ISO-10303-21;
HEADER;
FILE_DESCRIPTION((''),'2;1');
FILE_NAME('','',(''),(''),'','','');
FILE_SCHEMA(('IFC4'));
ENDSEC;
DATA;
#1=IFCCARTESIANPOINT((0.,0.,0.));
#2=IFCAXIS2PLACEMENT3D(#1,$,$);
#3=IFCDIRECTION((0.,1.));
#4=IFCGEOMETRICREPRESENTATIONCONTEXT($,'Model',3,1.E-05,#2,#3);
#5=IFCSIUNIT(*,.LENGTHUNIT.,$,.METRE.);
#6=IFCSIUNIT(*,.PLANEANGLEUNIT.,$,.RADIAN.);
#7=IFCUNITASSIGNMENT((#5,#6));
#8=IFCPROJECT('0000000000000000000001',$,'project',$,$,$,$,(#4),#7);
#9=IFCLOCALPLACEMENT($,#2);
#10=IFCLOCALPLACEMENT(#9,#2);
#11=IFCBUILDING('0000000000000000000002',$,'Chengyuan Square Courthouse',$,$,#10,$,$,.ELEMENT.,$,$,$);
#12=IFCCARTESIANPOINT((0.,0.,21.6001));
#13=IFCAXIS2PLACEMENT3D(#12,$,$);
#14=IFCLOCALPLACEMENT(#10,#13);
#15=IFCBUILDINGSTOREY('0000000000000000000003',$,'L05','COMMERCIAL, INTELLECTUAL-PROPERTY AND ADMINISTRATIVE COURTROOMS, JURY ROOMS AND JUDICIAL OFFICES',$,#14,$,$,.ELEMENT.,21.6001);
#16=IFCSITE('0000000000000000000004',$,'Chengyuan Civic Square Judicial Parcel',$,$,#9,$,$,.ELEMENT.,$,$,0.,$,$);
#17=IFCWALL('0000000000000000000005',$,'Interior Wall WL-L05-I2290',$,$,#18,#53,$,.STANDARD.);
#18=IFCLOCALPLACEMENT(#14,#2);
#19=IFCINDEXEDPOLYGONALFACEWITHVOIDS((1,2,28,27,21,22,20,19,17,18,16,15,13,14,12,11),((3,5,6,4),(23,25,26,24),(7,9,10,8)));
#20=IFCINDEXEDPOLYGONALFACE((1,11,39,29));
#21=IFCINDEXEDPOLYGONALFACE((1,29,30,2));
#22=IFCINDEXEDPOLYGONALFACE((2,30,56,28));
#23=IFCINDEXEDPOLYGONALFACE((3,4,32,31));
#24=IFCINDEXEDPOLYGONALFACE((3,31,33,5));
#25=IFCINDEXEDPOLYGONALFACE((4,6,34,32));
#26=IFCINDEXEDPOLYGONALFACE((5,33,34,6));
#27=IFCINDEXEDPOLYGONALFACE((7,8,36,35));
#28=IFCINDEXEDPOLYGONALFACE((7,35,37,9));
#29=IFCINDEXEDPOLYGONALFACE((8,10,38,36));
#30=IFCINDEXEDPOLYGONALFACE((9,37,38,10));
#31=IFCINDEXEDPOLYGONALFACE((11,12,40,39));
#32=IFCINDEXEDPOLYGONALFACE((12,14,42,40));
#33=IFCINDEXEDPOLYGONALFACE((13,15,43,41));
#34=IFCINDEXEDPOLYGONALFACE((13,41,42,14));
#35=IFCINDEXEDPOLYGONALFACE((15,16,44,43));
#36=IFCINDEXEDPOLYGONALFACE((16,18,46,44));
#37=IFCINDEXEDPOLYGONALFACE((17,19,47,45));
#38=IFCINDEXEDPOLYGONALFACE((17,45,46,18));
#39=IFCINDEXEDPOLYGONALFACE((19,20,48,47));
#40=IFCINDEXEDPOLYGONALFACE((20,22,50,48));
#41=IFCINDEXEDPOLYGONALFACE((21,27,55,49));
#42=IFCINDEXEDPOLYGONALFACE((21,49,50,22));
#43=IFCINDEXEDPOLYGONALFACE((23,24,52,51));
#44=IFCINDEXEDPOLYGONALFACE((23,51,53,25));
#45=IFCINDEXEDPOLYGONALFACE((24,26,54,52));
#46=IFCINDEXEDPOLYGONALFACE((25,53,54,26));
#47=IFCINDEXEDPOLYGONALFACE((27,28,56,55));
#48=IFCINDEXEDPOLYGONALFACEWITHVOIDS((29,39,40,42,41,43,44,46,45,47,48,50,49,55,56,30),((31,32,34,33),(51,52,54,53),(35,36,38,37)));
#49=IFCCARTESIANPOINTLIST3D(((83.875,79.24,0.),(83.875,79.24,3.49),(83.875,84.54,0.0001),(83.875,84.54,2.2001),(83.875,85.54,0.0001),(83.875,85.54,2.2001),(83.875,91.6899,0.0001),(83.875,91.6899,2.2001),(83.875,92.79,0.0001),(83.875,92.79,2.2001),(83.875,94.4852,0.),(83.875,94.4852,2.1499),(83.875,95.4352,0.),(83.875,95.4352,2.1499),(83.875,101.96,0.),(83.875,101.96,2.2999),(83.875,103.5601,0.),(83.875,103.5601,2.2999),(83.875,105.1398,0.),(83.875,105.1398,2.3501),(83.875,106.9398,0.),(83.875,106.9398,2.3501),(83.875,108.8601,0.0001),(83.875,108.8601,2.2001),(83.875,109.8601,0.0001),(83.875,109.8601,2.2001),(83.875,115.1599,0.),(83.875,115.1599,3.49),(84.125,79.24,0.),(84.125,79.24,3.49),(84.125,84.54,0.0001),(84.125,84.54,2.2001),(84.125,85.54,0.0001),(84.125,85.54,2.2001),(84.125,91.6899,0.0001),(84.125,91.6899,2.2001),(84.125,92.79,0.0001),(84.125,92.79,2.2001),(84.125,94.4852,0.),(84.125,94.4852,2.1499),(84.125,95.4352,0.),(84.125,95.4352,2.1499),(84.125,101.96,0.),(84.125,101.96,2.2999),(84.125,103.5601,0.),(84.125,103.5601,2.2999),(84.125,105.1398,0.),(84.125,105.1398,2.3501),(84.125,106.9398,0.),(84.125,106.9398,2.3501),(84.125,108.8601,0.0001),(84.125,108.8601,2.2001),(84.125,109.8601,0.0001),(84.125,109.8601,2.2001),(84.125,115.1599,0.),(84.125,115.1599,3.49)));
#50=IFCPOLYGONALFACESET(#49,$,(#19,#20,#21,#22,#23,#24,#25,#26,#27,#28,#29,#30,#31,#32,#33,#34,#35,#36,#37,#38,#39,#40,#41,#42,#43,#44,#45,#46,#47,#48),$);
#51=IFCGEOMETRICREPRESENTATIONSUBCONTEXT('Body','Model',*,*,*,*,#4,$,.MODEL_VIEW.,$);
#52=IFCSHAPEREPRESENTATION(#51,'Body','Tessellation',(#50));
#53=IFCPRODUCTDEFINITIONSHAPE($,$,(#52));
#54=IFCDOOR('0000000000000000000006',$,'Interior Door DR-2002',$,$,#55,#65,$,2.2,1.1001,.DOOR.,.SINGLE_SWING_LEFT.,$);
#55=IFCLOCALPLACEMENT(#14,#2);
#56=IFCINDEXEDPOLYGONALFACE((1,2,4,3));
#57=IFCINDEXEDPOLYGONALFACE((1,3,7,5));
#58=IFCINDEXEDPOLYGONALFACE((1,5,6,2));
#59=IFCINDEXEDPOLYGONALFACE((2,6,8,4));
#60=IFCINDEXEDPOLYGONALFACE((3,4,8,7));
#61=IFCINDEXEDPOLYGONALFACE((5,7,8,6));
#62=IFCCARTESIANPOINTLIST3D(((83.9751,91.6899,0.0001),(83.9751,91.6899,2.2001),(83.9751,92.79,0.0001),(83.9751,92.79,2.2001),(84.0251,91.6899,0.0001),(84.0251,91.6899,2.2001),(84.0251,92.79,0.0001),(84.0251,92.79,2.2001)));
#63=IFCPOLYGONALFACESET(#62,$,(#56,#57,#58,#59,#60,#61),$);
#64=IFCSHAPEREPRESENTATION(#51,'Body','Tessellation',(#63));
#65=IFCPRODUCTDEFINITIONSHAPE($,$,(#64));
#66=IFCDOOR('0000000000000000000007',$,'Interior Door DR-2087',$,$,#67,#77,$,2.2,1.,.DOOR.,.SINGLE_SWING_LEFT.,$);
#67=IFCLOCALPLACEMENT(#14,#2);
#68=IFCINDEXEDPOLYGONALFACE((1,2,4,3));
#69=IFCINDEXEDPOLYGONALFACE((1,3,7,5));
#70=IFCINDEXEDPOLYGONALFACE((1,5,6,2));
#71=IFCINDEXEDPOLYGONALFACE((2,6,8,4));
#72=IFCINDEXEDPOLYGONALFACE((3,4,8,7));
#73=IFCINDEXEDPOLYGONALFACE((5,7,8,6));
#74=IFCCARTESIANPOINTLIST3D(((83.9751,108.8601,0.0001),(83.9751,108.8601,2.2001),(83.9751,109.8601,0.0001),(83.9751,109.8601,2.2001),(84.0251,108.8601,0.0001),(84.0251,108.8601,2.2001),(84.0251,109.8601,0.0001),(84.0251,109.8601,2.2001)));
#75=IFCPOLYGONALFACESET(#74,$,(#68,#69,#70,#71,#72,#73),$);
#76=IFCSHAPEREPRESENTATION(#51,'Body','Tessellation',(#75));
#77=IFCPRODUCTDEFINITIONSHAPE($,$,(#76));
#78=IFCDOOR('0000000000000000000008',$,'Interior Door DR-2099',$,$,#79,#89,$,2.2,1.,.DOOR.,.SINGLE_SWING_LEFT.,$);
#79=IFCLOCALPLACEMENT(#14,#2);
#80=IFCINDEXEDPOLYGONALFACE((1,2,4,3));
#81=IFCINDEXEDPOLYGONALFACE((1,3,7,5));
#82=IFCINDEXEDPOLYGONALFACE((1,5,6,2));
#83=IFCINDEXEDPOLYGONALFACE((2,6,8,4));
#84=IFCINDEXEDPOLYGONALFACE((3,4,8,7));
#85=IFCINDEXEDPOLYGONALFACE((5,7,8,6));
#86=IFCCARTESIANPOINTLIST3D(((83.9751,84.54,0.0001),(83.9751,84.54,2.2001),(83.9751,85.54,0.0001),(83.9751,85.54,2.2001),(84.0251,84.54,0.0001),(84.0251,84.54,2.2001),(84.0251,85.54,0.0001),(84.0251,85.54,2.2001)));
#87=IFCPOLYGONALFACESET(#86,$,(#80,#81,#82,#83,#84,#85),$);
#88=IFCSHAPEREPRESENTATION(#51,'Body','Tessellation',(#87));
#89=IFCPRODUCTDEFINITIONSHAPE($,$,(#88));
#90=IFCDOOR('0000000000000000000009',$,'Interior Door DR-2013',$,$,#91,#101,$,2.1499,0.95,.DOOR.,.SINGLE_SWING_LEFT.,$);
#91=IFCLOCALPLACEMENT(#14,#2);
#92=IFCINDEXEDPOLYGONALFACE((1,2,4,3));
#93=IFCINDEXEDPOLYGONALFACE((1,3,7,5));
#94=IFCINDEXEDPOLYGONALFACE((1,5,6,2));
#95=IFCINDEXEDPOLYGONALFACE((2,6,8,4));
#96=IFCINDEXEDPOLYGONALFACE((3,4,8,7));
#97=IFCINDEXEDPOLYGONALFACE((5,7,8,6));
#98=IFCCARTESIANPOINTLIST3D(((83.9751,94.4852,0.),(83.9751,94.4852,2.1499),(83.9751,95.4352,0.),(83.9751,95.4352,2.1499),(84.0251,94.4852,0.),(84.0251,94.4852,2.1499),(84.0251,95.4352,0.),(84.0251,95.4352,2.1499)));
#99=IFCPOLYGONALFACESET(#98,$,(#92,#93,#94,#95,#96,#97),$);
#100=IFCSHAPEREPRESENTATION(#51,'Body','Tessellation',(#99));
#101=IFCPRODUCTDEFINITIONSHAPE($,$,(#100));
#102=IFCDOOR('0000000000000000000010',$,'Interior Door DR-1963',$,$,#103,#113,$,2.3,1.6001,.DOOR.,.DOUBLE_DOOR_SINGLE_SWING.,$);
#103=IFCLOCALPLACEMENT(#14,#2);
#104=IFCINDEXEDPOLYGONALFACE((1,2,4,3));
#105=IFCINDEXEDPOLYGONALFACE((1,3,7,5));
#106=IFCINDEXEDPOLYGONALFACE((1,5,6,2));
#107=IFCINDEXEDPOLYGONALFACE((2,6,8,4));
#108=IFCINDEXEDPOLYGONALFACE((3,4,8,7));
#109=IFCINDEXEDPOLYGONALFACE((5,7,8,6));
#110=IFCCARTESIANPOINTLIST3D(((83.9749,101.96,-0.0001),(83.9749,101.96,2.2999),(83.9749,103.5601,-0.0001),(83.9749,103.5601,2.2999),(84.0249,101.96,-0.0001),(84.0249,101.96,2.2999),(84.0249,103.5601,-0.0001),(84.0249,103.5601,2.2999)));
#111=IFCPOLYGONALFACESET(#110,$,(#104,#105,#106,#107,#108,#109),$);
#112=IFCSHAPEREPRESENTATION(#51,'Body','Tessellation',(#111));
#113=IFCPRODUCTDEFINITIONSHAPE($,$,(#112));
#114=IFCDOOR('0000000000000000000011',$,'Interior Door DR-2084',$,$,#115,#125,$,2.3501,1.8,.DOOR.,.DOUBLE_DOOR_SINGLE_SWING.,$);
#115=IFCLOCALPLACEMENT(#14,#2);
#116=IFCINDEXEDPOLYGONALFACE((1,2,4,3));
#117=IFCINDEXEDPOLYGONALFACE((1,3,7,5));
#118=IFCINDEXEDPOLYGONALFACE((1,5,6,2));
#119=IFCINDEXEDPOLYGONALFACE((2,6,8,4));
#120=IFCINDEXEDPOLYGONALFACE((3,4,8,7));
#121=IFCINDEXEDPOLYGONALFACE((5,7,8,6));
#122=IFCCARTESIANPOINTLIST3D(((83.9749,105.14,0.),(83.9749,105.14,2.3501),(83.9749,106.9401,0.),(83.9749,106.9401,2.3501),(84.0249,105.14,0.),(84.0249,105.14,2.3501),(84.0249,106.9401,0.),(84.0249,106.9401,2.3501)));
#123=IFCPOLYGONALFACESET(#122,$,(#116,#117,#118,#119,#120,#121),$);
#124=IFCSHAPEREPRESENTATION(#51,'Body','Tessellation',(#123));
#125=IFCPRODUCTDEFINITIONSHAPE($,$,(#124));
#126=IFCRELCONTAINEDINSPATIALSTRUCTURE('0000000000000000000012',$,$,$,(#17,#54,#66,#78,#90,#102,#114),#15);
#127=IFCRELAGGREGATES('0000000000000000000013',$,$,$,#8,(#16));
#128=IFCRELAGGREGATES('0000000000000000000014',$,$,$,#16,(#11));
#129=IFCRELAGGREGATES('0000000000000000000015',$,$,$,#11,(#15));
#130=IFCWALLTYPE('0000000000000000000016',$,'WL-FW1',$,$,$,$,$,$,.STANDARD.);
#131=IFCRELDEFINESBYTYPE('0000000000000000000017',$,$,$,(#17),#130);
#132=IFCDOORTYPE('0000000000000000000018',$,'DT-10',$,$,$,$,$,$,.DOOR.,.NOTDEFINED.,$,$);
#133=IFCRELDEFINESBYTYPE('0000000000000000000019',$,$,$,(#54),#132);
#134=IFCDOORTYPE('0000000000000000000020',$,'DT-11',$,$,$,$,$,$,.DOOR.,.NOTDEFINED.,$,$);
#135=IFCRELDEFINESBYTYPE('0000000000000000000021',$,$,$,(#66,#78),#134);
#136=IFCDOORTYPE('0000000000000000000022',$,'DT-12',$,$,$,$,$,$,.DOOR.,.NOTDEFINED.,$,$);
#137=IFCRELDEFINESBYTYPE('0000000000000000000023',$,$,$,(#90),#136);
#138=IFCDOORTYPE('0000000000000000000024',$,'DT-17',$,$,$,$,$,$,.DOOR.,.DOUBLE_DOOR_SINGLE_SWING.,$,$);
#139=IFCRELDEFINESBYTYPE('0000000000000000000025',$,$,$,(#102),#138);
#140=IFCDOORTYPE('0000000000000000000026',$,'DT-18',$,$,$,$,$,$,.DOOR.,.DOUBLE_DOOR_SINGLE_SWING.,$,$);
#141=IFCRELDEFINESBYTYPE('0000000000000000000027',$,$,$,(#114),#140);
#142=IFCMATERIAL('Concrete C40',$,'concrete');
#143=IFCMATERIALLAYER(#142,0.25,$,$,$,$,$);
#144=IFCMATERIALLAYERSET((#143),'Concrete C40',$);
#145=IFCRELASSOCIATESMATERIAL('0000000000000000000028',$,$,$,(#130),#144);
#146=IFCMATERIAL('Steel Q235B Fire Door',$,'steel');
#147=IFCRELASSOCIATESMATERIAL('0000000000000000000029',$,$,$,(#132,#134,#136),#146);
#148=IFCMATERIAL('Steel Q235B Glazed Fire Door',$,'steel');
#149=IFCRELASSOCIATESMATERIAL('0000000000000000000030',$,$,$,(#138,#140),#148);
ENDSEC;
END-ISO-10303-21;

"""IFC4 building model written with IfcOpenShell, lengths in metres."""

from ifc_helpers import new_model, si_unit, direction, frame, frame_2d, origin, place, context, subcontext, project, spatial, rectangle, extrude, material, layer, layer_set, type_object, element, fill, save


model = new_model("IFC4")

# Units and contexts
model_context = context("Model", 3, precision=1e-05, world=origin(), true_north=direction((0.0, 1.0)))
body_context = subcontext(model_context, "Body", "Model", "MODEL_VIEW")
ifc_project = project(units=[si_unit("LENGTHUNIT", "METRE"), si_unit("PLANEANGLEUNIT", "RADIAN")], contexts=[model_context])

# Site, building, storey
site_placement = place(None, origin())
site = spatial("IfcSite", under=ifc_project, at=site_placement, Name="Chengyuan Civic Square Judicial Parcel", CompositionType="ELEMENT", RefElevation=0.0)
building_placement = place(site_placement, origin())
building = spatial("IfcBuilding", under=site, at=building_placement, Name="Chengyuan Square Courthouse", CompositionType="ELEMENT")
storey_placement = place(building_placement, frame((0.0, 0.0, 21.6001)))
storey = spatial("IfcBuildingStorey", under=building, at=storey_placement, Name="L05", Description="COMMERCIAL, INTELLECTUAL-PROPERTY AND ADMINISTRATIVE COURTROOMS, JURY ROOMS AND JUDICIAL OFFICES", CompositionType="ELEMENT", Elevation=21.6001)

# Shared definitions
ifc_material_1 = material(Name="Concrete C40", Category="concrete")

# Wall, openings, doors
ifc_layer_1 = layer(ifc_material_1, 0.25)
ifc_layer_set_1 = layer_set([ifc_layer_1], Name="Concrete C40")
wall_type_1 = type_object("IfcWallType", Name="WL-FW1", PredefinedType="STANDARD", material=ifc_layer_set_1)
wall_1_placement = place(storey_placement, frame((84.0, 79.24, 0.0), z_axis=(0.0, 0.0, 1.0), x_axis=(0.0, 1.0, 0.0)))
wall_1 = element("IfcWall", 1, at=wall_1_placement, inside=storey, type_object=wall_type_1, Name="Interior Wall WL-L05-I2290", PredefinedType="STANDARD", context=body_context, shape_type="SweptSolid", body=[
    extrude(rectangle(XDim=35.9199, YDim=0.25, at=frame_2d((17.96, 0.0))), origin(), (0.0, 0.0, 1.0), 3.49),
])
opening_1_placement = place(wall_1_placement, frame((22.72, 0.0, 0.0)))
opening_1 = element("IfcOpeningElement", 2, at=opening_1_placement, cuts=wall_1, PredefinedType="OPENING", context=body_context, shape_type="SweptSolid", body=[
    extrude(rectangle(XDim=1.6001, YDim=2.3, at=frame_2d((0.8, 1.1499))), frame((0.0, 0.137, 0.0), z_axis=(0.0, -1.0, 0.0), x_axis=(1.0, 0.0, 0.0)), (0.0, 0.0, 1.0), 0.2739),
])
opening_2_placement = place(wall_1_placement, frame((12.45, 0.0, 0.0)))
opening_2 = element("IfcOpeningElement", 3, at=opening_2_placement, cuts=wall_1, PredefinedType="OPENING", context=body_context, shape_type="SweptSolid", body=[
    extrude(rectangle(XDim=1.1001, YDim=2.2, at=frame_2d((0.55, 1.1001))), frame((0.0, 0.137, 0.0), z_axis=(0.0, -1.0, 0.0), x_axis=(1.0, 0.0, 0.0)), (0.0, 0.0, 1.0), 0.2739),
])
opening_3_placement = place(wall_1_placement, frame((15.2451, 0.0, 0.0)))
opening_3 = element("IfcOpeningElement", 4, at=opening_3_placement, cuts=wall_1, PredefinedType="OPENING", context=body_context, shape_type="SweptSolid", body=[
    extrude(rectangle(XDim=0.95, YDim=2.1499, at=frame_2d((0.4751, 1.075))), frame((0.0, 0.137, 0.0), z_axis=(0.0, -1.0, 0.0), x_axis=(1.0, 0.0, 0.0)), (0.0, 0.0, 1.0), 0.2739),
])
opening_4_placement = place(wall_1_placement, frame((25.8999, 0.0, 0.0)))
opening_4 = element("IfcOpeningElement", 5, at=opening_4_placement, cuts=wall_1, PredefinedType="OPENING", context=body_context, shape_type="SweptSolid", body=[
    extrude(rectangle(XDim=1.8, YDim=2.3501, at=frame_2d((0.8999, 1.175))), frame((0.0, 0.137, 0.0), z_axis=(0.0, -1.0, 0.0), x_axis=(1.0, 0.0, 0.0)), (0.0, 0.0, 1.0), 0.2739),
])
opening_5_placement = place(wall_1_placement, frame((29.6201, 0.0, 0.0)))
opening_5 = element("IfcOpeningElement", 6, at=opening_5_placement, cuts=wall_1, PredefinedType="OPENING", context=body_context, shape_type="SweptSolid", body=[
    extrude(rectangle(XDim=1.0, YDim=2.2, at=frame_2d((0.5, 1.1001))), frame((0.0, 0.137, 0.0), z_axis=(0.0, -1.0, 0.0), x_axis=(1.0, 0.0, 0.0)), (0.0, 0.0, 1.0), 0.2739),
])
opening_6_placement = place(wall_1_placement, frame((5.3, 0.0, 0.0)))
opening_6 = element("IfcOpeningElement", 7, at=opening_6_placement, cuts=wall_1, PredefinedType="OPENING", context=body_context, shape_type="SweptSolid", body=[
    extrude(rectangle(XDim=1.0, YDim=2.2, at=frame_2d((0.5, 1.1001))), frame((0.0, 0.137, 0.0), z_axis=(0.0, -1.0, 0.0), x_axis=(1.0, 0.0, 0.0)), (0.0, 0.0, 1.0), 0.2739),
])
ifc_material_2 = material(Name="Steel Q235B Fire Door", Category="steel")
door_type_1 = type_object("IfcDoorType", Name="DT-10", OperationType="NOTDEFINED", PredefinedType="DOOR", material=ifc_material_2)
door_1_placement = place(opening_2_placement, origin())
door_1 = element("IfcDoor", 8, at=door_1_placement, inside=storey, type_object=door_type_1, Name="Interior Door DR-2002", OperationType="SINGLE_SWING_LEFT", OverallHeight=2.2, OverallWidth=1.1001, PredefinedType="DOOR", context=body_context, shape_type="SweptSolid", body=[
    extrude(rectangle(XDim=1.1001, YDim=2.2, at=frame_2d((0.55, 1.1001))), frame((0.0, 0.0249, 0.0), z_axis=(0.0, -1.0, 0.0), x_axis=(1.0, 0.0, 0.0)), (0.0, 0.0, 1.0), 0.05),
])
fill(opening_2, door_1)
door_type_2 = type_object("IfcDoorType", Name="DT-11", OperationType="NOTDEFINED", PredefinedType="DOOR", material=ifc_material_2)
door_2_placement = place(opening_5_placement, origin())
door_2 = element("IfcDoor", 9, at=door_2_placement, inside=storey, type_object=door_type_2, Name="Interior Door DR-2087", OperationType="SINGLE_SWING_LEFT", OverallHeight=2.2, OverallWidth=1.0, PredefinedType="DOOR", context=body_context, shape_type="SweptSolid", body=[
    extrude(rectangle(XDim=1.0, YDim=2.2, at=frame_2d((0.5, 1.1001))), frame((0.0, 0.0249, 0.0), z_axis=(0.0, -1.0, 0.0), x_axis=(1.0, 0.0, 0.0)), (0.0, 0.0, 1.0), 0.05),
])
fill(opening_5, door_2)
door_3_placement = place(opening_6_placement, origin())
door_3 = element("IfcDoor", 10, at=door_3_placement, inside=storey, type_object=door_type_2, Name="Interior Door DR-2099", OperationType="SINGLE_SWING_LEFT", OverallHeight=2.2, OverallWidth=1.0, PredefinedType="DOOR", context=body_context, shape_type="SweptSolid", body=[
    extrude(rectangle(XDim=1.0, YDim=2.2, at=frame_2d((0.5, 1.1001))), frame((0.0, 0.0249, 0.0), z_axis=(0.0, -1.0, 0.0), x_axis=(1.0, 0.0, 0.0)), (0.0, 0.0, 1.0), 0.05),
])
fill(opening_6, door_3)
door_type_3 = type_object("IfcDoorType", Name="DT-12", OperationType="NOTDEFINED", PredefinedType="DOOR", material=ifc_material_2)
door_4_placement = place(opening_3_placement, origin())
door_4 = element("IfcDoor", 11, at=door_4_placement, inside=storey, type_object=door_type_3, Name="Interior Door DR-2013", OperationType="SINGLE_SWING_LEFT", OverallHeight=2.1499, OverallWidth=0.95, PredefinedType="DOOR", context=body_context, shape_type="SweptSolid", body=[
    extrude(rectangle(XDim=0.95, YDim=2.1499, at=frame_2d((0.4751, 1.075))), frame((0.0, 0.0249, 0.0), z_axis=(0.0, -1.0, 0.0), x_axis=(1.0, 0.0, 0.0)), (0.0, 0.0, 1.0), 0.05),
])
fill(opening_3, door_4)
ifc_material_3 = material(Name="Steel Q235B Glazed Fire Door", Category="steel")
door_type_4 = type_object("IfcDoorType", Name="DT-17", OperationType="DOUBLE_DOOR_SINGLE_SWING", PredefinedType="DOOR", material=ifc_material_3)
door_5_placement = place(opening_1_placement, frame((1.6001, 0.0, 0.0), z_axis=(0.0, 0.0, 1.0), x_axis=(-1.0, 0.0, 0.0)))
door_5 = element("IfcDoor", 12, at=door_5_placement, inside=storey, type_object=door_type_4, Name="Interior Door DR-1963", OperationType="DOUBLE_DOOR_SINGLE_SWING", OverallHeight=2.3, OverallWidth=1.6001, PredefinedType="DOOR", context=body_context, shape_type="SweptSolid", body=[
    extrude(rectangle(XDim=1.6001, YDim=2.3, at=frame_2d((0.8, 1.1499))), frame((0.0, 0.0249, 0.0), z_axis=(0.0, -1.0, 0.0), x_axis=(1.0, 0.0, 0.0)), (0.0, 0.0, 1.0), 0.05),
])
fill(opening_1, door_5)
door_type_5 = type_object("IfcDoorType", Name="DT-18", OperationType="DOUBLE_DOOR_SINGLE_SWING", PredefinedType="DOOR", material=ifc_material_3)
door_6_placement = place(opening_4_placement, frame((1.8, 0.0, 0.0), z_axis=(0.0, 0.0, 1.0), x_axis=(-1.0, 0.0, 0.0)))
door_6 = element("IfcDoor", 13, at=door_6_placement, inside=storey, type_object=door_type_5, Name="Interior Door DR-2084", OperationType="DOUBLE_DOOR_SINGLE_SWING", OverallHeight=2.3501, OverallWidth=1.8, PredefinedType="DOOR", context=body_context, shape_type="SweptSolid", body=[
    extrude(rectangle(XDim=1.8, YDim=2.3501, at=frame_2d((0.8999, 1.175))), frame((0.0, 0.0249, 0.0), z_axis=(0.0, -1.0, 0.0), x_axis=(1.0, 0.0, 0.0)), (0.0, 0.0, 1.0), 0.05),
])
fill(opening_4, door_6)

save(model, "model.ifc")
